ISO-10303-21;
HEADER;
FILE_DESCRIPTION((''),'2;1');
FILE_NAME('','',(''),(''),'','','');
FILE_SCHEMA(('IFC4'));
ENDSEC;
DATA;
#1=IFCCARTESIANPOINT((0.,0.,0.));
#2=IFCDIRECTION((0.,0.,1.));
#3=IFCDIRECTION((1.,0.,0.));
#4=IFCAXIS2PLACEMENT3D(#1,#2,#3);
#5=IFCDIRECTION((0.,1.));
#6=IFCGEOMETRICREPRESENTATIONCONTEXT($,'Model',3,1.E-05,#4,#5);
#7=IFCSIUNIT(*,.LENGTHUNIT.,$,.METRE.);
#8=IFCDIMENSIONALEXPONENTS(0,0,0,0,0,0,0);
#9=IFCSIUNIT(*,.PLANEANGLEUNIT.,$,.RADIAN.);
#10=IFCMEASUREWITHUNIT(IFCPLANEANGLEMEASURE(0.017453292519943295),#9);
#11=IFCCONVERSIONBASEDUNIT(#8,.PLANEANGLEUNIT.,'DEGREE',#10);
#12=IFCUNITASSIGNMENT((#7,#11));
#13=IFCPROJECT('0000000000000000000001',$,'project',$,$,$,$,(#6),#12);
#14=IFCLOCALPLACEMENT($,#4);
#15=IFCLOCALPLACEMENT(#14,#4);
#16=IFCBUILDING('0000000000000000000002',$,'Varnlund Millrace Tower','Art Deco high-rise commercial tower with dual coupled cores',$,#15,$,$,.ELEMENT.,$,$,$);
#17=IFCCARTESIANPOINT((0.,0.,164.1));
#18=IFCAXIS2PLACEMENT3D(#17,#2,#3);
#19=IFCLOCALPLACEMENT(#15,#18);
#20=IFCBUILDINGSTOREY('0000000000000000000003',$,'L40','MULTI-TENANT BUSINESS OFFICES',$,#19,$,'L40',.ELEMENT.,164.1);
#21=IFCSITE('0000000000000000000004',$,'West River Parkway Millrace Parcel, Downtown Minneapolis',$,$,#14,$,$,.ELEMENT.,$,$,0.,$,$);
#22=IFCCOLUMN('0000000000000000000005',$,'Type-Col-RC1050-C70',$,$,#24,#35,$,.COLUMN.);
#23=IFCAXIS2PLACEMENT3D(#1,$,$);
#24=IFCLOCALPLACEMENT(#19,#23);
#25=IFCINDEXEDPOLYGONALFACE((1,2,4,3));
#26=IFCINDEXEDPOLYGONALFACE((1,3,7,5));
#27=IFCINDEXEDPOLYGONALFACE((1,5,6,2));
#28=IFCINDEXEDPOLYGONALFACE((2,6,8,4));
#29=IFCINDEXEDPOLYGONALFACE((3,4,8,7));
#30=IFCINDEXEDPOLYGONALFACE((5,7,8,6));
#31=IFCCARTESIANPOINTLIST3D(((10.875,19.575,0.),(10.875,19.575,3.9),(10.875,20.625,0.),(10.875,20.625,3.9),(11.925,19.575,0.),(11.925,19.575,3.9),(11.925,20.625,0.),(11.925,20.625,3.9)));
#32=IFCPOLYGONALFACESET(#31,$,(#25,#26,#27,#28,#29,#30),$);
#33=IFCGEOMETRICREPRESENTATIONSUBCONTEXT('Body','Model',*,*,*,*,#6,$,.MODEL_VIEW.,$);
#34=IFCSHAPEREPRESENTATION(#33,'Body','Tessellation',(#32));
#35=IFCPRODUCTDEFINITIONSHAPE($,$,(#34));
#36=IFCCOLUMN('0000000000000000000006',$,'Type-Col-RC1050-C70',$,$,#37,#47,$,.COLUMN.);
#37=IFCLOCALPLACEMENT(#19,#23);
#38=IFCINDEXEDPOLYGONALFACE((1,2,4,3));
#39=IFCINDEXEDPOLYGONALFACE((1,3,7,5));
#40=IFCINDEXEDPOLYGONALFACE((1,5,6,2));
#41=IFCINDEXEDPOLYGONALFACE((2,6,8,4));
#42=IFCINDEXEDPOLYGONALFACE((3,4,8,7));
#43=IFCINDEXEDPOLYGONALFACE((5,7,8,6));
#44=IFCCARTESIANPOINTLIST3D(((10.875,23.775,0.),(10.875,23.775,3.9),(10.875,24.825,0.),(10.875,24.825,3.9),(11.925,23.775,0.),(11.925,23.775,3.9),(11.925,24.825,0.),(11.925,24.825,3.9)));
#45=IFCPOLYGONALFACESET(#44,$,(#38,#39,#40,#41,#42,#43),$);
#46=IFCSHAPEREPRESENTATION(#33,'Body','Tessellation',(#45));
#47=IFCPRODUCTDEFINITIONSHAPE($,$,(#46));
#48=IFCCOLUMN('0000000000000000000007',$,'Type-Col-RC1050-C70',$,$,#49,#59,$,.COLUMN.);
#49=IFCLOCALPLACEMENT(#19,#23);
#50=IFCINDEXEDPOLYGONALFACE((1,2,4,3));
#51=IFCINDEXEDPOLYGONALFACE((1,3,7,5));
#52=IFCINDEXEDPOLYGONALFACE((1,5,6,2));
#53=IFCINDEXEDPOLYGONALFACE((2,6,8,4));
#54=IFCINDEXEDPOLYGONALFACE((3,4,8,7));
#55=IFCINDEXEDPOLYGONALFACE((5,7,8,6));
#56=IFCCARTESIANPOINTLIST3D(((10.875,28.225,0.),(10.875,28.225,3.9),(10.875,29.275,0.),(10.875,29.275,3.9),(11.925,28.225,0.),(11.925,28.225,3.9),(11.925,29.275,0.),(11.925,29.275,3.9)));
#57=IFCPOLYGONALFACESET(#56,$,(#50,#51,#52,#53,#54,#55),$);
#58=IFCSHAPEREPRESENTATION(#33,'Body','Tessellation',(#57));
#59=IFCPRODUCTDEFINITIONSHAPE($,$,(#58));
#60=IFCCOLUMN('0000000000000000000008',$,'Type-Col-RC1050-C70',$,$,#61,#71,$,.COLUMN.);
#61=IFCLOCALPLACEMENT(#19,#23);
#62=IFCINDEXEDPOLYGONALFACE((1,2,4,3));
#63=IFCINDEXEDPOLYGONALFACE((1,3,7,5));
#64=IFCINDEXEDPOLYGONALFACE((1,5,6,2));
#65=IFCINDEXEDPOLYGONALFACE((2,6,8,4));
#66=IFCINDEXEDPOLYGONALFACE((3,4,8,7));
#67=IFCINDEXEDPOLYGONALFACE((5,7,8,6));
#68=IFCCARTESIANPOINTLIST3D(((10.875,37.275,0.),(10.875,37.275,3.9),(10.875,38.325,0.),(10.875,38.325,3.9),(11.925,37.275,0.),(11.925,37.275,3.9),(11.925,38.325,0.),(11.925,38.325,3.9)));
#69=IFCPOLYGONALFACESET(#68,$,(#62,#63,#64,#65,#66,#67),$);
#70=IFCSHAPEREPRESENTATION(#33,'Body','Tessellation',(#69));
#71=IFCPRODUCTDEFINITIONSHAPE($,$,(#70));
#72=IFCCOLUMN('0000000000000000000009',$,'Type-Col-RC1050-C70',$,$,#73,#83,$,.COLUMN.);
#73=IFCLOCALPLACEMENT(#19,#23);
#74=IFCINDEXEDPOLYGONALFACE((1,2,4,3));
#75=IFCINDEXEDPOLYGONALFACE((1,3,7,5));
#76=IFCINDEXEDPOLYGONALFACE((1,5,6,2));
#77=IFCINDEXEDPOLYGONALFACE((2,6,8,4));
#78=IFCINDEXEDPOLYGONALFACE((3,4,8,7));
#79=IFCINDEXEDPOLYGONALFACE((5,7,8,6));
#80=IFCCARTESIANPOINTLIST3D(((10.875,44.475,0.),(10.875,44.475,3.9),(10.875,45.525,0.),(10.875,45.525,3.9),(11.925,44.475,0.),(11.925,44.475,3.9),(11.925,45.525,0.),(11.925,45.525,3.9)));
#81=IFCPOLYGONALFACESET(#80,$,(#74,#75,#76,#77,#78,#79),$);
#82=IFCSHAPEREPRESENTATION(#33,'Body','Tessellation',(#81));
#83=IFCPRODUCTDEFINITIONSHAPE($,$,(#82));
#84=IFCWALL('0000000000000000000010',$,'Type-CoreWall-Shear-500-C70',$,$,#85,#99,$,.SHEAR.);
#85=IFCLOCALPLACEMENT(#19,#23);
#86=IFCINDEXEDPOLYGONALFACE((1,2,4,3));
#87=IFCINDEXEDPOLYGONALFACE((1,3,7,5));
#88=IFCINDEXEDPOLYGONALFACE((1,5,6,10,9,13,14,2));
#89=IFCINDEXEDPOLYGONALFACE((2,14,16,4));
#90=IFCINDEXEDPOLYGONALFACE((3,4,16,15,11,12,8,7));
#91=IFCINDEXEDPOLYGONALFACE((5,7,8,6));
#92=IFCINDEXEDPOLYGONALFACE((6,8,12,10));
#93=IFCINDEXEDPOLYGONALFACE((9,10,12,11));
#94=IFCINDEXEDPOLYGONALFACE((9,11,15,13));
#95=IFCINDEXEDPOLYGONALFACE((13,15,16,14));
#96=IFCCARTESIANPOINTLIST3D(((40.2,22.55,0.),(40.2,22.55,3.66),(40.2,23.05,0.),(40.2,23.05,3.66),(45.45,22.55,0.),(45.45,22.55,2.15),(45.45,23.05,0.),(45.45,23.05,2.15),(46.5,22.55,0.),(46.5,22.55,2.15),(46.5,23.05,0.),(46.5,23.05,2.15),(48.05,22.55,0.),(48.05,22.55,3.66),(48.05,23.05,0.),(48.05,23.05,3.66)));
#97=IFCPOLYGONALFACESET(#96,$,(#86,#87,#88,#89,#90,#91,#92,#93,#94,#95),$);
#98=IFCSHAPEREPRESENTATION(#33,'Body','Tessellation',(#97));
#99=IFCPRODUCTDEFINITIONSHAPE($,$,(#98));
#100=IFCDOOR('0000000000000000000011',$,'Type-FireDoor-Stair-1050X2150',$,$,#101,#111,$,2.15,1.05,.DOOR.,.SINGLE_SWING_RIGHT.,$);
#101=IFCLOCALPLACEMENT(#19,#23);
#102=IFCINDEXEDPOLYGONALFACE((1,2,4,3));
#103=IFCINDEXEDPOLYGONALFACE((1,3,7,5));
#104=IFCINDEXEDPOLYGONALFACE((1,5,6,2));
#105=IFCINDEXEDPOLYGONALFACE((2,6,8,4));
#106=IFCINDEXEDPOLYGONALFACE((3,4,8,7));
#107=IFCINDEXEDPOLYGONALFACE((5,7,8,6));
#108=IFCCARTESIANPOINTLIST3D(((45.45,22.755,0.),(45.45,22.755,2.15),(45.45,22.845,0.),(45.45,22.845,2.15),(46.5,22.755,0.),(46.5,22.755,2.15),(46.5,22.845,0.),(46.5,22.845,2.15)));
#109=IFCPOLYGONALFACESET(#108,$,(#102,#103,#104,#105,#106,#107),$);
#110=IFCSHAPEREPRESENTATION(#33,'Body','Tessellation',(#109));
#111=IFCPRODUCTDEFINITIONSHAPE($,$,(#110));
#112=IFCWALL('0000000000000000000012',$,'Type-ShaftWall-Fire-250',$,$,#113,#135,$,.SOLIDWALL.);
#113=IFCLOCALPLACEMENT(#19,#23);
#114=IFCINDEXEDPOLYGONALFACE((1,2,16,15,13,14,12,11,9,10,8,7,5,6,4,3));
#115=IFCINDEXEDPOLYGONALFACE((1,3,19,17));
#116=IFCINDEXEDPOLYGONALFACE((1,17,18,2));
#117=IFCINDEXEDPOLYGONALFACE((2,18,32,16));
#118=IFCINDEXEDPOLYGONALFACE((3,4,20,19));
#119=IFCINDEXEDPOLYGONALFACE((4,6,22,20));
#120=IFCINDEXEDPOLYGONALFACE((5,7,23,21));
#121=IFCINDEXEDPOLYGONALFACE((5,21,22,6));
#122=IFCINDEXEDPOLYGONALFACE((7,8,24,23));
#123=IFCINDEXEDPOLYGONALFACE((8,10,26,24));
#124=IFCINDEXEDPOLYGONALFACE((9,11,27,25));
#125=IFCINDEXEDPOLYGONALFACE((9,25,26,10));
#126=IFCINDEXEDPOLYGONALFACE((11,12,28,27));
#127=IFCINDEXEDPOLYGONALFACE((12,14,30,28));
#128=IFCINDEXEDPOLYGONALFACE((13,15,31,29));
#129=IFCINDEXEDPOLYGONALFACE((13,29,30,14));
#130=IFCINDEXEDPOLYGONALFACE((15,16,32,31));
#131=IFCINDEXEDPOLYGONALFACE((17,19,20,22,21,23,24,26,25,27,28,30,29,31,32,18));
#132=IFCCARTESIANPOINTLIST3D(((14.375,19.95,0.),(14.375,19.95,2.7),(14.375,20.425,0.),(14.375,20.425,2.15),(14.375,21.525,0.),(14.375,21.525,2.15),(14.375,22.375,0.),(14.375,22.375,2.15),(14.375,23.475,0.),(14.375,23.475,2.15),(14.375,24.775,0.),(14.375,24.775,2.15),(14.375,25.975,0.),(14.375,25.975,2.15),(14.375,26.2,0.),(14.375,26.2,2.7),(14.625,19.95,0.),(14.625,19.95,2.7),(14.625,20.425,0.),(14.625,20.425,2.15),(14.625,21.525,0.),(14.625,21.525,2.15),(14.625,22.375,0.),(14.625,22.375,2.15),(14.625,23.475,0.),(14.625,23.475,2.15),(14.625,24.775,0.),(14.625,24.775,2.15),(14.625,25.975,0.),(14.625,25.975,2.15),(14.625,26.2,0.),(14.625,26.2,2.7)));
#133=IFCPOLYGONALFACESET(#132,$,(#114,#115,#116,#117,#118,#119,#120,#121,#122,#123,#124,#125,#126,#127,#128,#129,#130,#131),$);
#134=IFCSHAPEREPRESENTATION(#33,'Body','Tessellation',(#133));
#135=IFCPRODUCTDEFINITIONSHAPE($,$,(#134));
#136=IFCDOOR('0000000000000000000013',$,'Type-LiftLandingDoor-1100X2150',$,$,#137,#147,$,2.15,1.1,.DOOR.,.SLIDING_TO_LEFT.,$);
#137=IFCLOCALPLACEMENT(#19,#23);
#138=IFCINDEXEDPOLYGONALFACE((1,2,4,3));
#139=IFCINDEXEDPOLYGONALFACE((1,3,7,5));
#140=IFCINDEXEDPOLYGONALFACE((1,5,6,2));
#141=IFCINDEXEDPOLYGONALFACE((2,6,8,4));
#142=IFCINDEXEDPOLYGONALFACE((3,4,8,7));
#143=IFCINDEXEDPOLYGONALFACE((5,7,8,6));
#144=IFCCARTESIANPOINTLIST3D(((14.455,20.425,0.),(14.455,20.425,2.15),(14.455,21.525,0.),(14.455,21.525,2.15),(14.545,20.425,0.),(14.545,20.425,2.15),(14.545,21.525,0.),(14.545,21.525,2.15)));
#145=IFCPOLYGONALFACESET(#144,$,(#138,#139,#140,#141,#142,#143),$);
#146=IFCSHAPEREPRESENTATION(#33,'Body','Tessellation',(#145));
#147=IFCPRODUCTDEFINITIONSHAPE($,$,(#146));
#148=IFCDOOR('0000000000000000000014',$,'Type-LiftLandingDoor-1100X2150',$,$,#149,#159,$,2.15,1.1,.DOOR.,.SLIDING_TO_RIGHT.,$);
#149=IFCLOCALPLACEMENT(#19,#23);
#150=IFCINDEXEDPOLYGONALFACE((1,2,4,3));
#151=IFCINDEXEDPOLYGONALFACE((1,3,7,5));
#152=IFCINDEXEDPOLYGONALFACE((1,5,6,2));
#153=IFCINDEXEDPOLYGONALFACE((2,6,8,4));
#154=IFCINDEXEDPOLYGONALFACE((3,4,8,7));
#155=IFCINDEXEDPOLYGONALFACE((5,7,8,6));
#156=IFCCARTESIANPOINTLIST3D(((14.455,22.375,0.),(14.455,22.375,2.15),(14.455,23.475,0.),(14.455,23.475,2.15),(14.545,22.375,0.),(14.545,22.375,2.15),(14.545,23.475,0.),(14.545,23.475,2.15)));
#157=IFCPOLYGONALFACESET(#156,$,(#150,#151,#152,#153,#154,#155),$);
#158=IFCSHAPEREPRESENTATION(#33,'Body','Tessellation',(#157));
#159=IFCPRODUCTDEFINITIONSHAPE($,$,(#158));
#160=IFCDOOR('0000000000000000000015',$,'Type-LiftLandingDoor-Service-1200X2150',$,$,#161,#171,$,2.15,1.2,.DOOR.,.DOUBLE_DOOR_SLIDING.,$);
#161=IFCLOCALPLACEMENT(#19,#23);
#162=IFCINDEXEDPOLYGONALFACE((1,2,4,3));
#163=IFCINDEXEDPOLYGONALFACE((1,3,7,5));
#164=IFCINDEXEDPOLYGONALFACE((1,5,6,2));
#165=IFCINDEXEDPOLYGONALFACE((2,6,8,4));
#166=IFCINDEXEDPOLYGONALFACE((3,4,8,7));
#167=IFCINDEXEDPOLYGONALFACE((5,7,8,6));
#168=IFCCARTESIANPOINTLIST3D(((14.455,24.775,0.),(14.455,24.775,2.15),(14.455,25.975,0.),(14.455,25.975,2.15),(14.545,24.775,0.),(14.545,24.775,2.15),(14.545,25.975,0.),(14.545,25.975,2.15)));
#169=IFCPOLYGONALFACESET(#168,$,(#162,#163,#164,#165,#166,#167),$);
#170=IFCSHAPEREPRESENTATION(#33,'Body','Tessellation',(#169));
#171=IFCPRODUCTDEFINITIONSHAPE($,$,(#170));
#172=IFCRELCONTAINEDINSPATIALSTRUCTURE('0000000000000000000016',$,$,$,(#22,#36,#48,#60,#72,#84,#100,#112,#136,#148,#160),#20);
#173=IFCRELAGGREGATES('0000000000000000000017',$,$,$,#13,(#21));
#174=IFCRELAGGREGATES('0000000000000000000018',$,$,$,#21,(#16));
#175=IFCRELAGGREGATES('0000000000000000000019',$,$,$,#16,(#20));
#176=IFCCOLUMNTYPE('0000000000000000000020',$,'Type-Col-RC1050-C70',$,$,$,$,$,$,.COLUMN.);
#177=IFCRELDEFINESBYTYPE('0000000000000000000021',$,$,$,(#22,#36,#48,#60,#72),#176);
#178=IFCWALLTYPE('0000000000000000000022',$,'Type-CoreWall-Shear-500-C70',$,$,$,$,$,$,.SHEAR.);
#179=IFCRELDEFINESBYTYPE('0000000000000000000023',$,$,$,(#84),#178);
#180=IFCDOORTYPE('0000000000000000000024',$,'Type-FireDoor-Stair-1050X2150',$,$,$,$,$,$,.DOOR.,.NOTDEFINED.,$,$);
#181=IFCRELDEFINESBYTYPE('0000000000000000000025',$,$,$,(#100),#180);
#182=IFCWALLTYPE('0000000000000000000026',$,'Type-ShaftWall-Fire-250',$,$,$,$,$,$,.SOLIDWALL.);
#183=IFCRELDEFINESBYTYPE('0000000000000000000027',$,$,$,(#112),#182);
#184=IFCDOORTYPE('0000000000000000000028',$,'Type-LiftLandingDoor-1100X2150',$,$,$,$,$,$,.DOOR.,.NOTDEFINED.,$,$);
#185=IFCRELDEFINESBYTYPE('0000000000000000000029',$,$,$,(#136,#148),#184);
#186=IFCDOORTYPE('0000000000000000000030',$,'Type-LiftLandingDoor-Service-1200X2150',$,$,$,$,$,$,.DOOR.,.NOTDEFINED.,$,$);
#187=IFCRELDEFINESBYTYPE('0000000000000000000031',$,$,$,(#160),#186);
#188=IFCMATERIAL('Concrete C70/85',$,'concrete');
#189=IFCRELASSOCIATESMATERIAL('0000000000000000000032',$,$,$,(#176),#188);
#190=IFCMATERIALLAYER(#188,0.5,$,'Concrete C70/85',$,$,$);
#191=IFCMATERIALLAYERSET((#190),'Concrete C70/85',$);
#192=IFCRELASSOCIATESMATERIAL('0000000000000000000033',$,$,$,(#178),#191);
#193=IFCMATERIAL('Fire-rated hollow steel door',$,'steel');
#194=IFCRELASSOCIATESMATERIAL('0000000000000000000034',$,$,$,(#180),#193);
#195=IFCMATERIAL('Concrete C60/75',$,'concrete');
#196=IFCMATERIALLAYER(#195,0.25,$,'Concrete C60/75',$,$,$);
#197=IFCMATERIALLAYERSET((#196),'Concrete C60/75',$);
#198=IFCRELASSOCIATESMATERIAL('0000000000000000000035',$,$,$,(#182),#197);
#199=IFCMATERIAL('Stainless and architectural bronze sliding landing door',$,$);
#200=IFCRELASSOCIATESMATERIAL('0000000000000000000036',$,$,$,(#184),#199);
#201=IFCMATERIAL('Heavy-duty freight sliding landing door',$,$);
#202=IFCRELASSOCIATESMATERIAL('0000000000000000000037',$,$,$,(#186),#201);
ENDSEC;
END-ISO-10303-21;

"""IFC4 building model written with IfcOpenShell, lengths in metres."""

from ifc_helpers import new_model, entity, si_unit, converted_unit, direction, frame, origin_with_axes, origin_2d_with_axis, place, context, subcontext, project, spatial, polyline, rectangle, outline, extrude, material, layer, layer_set, material_profile, profile_set, type_object, element, fill, save


model = new_model("IFC4")

# Units and contexts
model_context = context("Model", 3, precision=1e-05, world=origin_with_axes(), true_north=direction((0.0, 1.0)))
body_context = subcontext(model_context, "Body", "Model", "MODEL_VIEW")
ifc_project = project(units=[si_unit("LENGTHUNIT", "METRE"), converted_unit("PLANEANGLEUNIT", "DEGREE", entity("IfcPlaneAngleMeasure", 0.017453292519943295), si_unit("PLANEANGLEUNIT", "RADIAN"), dimensions=[0, 0, 0, 0, 0, 0, 0])], contexts=[model_context])

# Site, building, storey
site_placement = place(None, origin_with_axes())
site = spatial("IfcSite", under=ifc_project, at=site_placement, Name="West River Parkway Millrace Parcel, Downtown Minneapolis", CompositionType="ELEMENT", RefElevation=0.0)
building_placement = place(site_placement, origin_with_axes())
building = spatial("IfcBuilding", under=site, at=building_placement, Name="Varnlund Millrace Tower", Description="Art Deco high-rise commercial tower with dual coupled cores", CompositionType="ELEMENT")
storey_placement = place(building_placement, frame((0.0, 0.0, 164.1), z_axis=(0.0, 0.0, 1.0), x_axis=(1.0, 0.0, 0.0)))
storey = spatial("IfcBuildingStorey", under=building, at=storey_placement, Name="L40", Description="MULTI-TENANT BUSINESS OFFICES", LongName="L40", CompositionType="ELEMENT", Elevation=164.1)

# Columns
ifc_material_1 = material(Name="Concrete C70/85", Category="concrete")
ifc_material_profile = material_profile(ifc_material_1, rectangle(XDim=1.05, YDim=1.05, at=origin_2d_with_axis()), Name="Concrete C70/85")
ifc_profile_set = profile_set([ifc_material_profile], Name="Concrete C70/85")
column_type = type_object("IfcColumnType", Name="Type-Col-RC1050-C70", PredefinedType="COLUMN", material=ifc_profile_set)
for number, where, z_axis, x_axis, name in (
    (1, (11.4, 20.1, 0.0), (0.0, 0.0, 1.0), (1.0, 0.0, 0.0), "Type-Col-RC1050-C70"),
    (2, (11.4, 24.3, 0.0), (0.0, 0.0, 1.0), (1.0, 0.0, 0.0), "Type-Col-RC1050-C70"),
    (3, (11.4, 28.75, 0.0), (0.0, 0.0, 1.0), (1.0, 0.0, 0.0), "Type-Col-RC1050-C70"),
    (4, (11.4, 37.8, 0.0), (0.0, 0.0, 1.0), (1.0, 0.0, 0.0), "Type-Col-RC1050-C70"),
    (5, (11.4, 45.0, 0.0), (0.0, 0.0, 1.0), (1.0, 0.0, 0.0), "Type-Col-RC1050-C70"),
):
    element("IfcColumn", number, at=place(storey_placement, frame(where, z_axis=z_axis, x_axis=x_axis)), inside=storey, type_object=column_type, Name=name, PredefinedType="COLUMN", context=body_context, shape_type="SweptSolid", body=[
        extrude(rectangle(XDim=1.05, YDim=1.05, at=origin_2d_with_axis()), origin_with_axes(), (0.0, 0.0, 1.0), 3.9),
    ])

# Wall, opening, door
ifc_layer_1 = layer(ifc_material_1, 0.5, Name="Concrete C70/85")
ifc_layer_set_1 = layer_set([ifc_layer_1], Name="Concrete C70/85")
wall_type_1 = type_object("IfcWallType", Name="Type-CoreWall-Shear-500-C70", PredefinedType="SHEAR", material=ifc_layer_set_1)
wall_1_placement = place(storey_placement, frame((40.2, 22.8, 0.0), z_axis=(0.0, 0.0, 1.0), x_axis=(1.0, 0.0, 0.0)))
wall_1 = element("IfcWall", 6, at=wall_1_placement, inside=storey, type_object=wall_type_1, Name="Type-CoreWall-Shear-500-C70", PredefinedType="SHEAR", context=body_context, shape_type="SweptSolid", body=[
    extrude(outline(polyline([(0.0, -0.25), (7.85, -0.25), (7.85, 0.25), (0.0, 0.25), (0.0, -0.25)])), origin_with_axes(), (0.0, 0.0, 1.0), 3.66),
])
opening_1_placement = place(wall_1_placement, frame((5.775, 0.0, 0.0), z_axis=(0.0, 0.0, 1.0), x_axis=(1.0, 0.0, 0.0)))
opening_1 = element("IfcOpeningElement", 7, at=opening_1_placement, cuts=wall_1, PredefinedType="OPENING", context=body_context, shape_type="SweptSolid", body=[
    extrude(rectangle(XDim=1.05, YDim=0.52, at=origin_2d_with_axis()), origin_with_axes(), (0.0, 0.0, 1.0), 2.15),
])
ifc_material_2 = material(Name="Fire-rated hollow steel door", Category="steel")
door_type_1 = type_object("IfcDoorType", Name="Type-FireDoor-Stair-1050X2150", OperationType="NOTDEFINED", PredefinedType="DOOR", material=ifc_material_2)
door_1_placement = place(wall_1_placement, frame((5.775, 0.0, 0.0), z_axis=(0.0, 0.0, 1.0), x_axis=(1.0, 0.0, 0.0)))
door_1 = element("IfcDoor", 8, at=door_1_placement, inside=storey, type_object=door_type_1, Name="Type-FireDoor-Stair-1050X2150", OperationType="SINGLE_SWING_RIGHT", OverallHeight=2.15, OverallWidth=1.05, PredefinedType="DOOR", context=body_context, shape_type="SweptSolid", body=[
    extrude(rectangle(XDim=1.05, YDim=0.09, at=origin_2d_with_axis()), origin_with_axes(), (0.0, 0.0, 1.0), 2.15),
])
fill(opening_1, door_1)

# Wall, openings, doors
ifc_material_3 = material(Name="Concrete C60/75", Category="concrete")
ifc_layer_2 = layer(ifc_material_3, 0.25, Name="Concrete C60/75")
ifc_layer_set_2 = layer_set([ifc_layer_2], Name="Concrete C60/75")
wall_type_2 = type_object("IfcWallType", Name="Type-ShaftWall-Fire-250", PredefinedType="SOLIDWALL", material=ifc_layer_set_2)
wall_2_placement = place(storey_placement, frame((14.5, 19.95, 0.0), z_axis=(0.0, 0.0, 1.0), x_axis=(0.0, 1.0, 0.0)))
wall_2 = element("IfcWall", 9, at=wall_2_placement, inside=storey, type_object=wall_type_2, Name="Type-ShaftWall-Fire-250", PredefinedType="SOLIDWALL", context=body_context, shape_type="SweptSolid", body=[
    extrude(outline(polyline([(0.0, -0.125), (6.25, -0.125), (6.25, 0.125), (0.0, 0.125), (0.0, -0.125)])), origin_with_axes(), (0.0, 0.0, 1.0), 2.7),
])
opening_2_placement = place(wall_2_placement, frame((1.025, 0.0, 0.0), z_axis=(0.0, 0.0, 1.0), x_axis=(1.0, 0.0, 0.0)))
opening_2 = element("IfcOpeningElement", 10, at=opening_2_placement, cuts=wall_2, PredefinedType="OPENING", context=body_context, shape_type="SweptSolid", body=[
    extrude(rectangle(XDim=1.1, YDim=0.27, at=origin_2d_with_axis()), origin_with_axes(), (0.0, 0.0, 1.0), 2.15),
])
opening_3_placement = place(wall_2_placement, frame((2.975, 0.0, 0.0), z_axis=(0.0, 0.0, 1.0), x_axis=(1.0, 0.0, 0.0)))
opening_3 = element("IfcOpeningElement", 11, at=opening_3_placement, cuts=wall_2, PredefinedType="OPENING", context=body_context, shape_type="SweptSolid", body=[
    extrude(rectangle(XDim=1.1, YDim=0.27, at=origin_2d_with_axis()), origin_with_axes(), (0.0, 0.0, 1.0), 2.15),
])
opening_4_placement = place(wall_2_placement, frame((5.425, 0.0, 0.0), z_axis=(0.0, 0.0, 1.0), x_axis=(1.0, 0.0, 0.0)))
opening_4 = element("IfcOpeningElement", 12, at=opening_4_placement, cuts=wall_2, PredefinedType="OPENING", context=body_context, shape_type="SweptSolid", body=[
    extrude(rectangle(XDim=1.2, YDim=0.27, at=origin_2d_with_axis()), origin_with_axes(), (0.0, 0.0, 1.0), 2.15),
])
ifc_material_4 = material(Name="Stainless and architectural bronze sliding landing door")
door_type_2 = type_object("IfcDoorType", Name="Type-LiftLandingDoor-1100X2150", OperationType="NOTDEFINED", PredefinedType="DOOR", material=ifc_material_4)
door_2_placement = place(wall_2_placement, frame((1.025, 0.0, 0.0), z_axis=(0.0, 0.0, 1.0), x_axis=(1.0, 0.0, 0.0)))
door_2 = element("IfcDoor", 13, at=door_2_placement, inside=storey, type_object=door_type_2, Name="Type-LiftLandingDoor-1100X2150", OperationType="SLIDING_TO_LEFT", OverallHeight=2.15, OverallWidth=1.1, PredefinedType="DOOR", context=body_context, shape_type="SweptSolid", body=[
    extrude(rectangle(XDim=1.1, YDim=0.09, at=origin_2d_with_axis()), origin_with_axes(), (0.0, 0.0, 1.0), 2.15),
])
fill(opening_2, door_2)
door_3_placement = place(wall_2_placement, frame((2.975, 0.0, 0.0), z_axis=(0.0, 0.0, 1.0), x_axis=(1.0, 0.0, 0.0)))
door_3 = element("IfcDoor", 14, at=door_3_placement, inside=storey, type_object=door_type_2, Name="Type-LiftLandingDoor-1100X2150", OperationType="SLIDING_TO_RIGHT", OverallHeight=2.15, OverallWidth=1.1, PredefinedType="DOOR", context=body_context, shape_type="SweptSolid", body=[
    extrude(rectangle(XDim=1.1, YDim=0.09, at=origin_2d_with_axis()), origin_with_axes(), (0.0, 0.0, 1.0), 2.15),
])
fill(opening_3, door_3)
ifc_material_5 = material(Name="Heavy-duty freight sliding landing door")
door_type_3 = type_object("IfcDoorType", Name="Type-LiftLandingDoor-Service-1200X2150", OperationType="NOTDEFINED", PredefinedType="DOOR", material=ifc_material_5)
door_4_placement = place(wall_2_placement, frame((5.425, 0.0, 0.0), z_axis=(0.0, 0.0, 1.0), x_axis=(1.0, 0.0, 0.0)))
door_4 = element("IfcDoor", 15, at=door_4_placement, inside=storey, type_object=door_type_3, Name="Type-LiftLandingDoor-Service-1200X2150", OperationType="DOUBLE_DOOR_SLIDING", OverallHeight=2.15, OverallWidth=1.2, PredefinedType="DOOR", context=body_context, shape_type="SweptSolid", body=[
    extrude(rectangle(XDim=1.2, YDim=0.09, at=origin_2d_with_axis()), origin_with_axes(), (0.0, 0.0, 1.0), 2.15),
])
fill(opening_4, door_4)

save(model, "model.ifc")
